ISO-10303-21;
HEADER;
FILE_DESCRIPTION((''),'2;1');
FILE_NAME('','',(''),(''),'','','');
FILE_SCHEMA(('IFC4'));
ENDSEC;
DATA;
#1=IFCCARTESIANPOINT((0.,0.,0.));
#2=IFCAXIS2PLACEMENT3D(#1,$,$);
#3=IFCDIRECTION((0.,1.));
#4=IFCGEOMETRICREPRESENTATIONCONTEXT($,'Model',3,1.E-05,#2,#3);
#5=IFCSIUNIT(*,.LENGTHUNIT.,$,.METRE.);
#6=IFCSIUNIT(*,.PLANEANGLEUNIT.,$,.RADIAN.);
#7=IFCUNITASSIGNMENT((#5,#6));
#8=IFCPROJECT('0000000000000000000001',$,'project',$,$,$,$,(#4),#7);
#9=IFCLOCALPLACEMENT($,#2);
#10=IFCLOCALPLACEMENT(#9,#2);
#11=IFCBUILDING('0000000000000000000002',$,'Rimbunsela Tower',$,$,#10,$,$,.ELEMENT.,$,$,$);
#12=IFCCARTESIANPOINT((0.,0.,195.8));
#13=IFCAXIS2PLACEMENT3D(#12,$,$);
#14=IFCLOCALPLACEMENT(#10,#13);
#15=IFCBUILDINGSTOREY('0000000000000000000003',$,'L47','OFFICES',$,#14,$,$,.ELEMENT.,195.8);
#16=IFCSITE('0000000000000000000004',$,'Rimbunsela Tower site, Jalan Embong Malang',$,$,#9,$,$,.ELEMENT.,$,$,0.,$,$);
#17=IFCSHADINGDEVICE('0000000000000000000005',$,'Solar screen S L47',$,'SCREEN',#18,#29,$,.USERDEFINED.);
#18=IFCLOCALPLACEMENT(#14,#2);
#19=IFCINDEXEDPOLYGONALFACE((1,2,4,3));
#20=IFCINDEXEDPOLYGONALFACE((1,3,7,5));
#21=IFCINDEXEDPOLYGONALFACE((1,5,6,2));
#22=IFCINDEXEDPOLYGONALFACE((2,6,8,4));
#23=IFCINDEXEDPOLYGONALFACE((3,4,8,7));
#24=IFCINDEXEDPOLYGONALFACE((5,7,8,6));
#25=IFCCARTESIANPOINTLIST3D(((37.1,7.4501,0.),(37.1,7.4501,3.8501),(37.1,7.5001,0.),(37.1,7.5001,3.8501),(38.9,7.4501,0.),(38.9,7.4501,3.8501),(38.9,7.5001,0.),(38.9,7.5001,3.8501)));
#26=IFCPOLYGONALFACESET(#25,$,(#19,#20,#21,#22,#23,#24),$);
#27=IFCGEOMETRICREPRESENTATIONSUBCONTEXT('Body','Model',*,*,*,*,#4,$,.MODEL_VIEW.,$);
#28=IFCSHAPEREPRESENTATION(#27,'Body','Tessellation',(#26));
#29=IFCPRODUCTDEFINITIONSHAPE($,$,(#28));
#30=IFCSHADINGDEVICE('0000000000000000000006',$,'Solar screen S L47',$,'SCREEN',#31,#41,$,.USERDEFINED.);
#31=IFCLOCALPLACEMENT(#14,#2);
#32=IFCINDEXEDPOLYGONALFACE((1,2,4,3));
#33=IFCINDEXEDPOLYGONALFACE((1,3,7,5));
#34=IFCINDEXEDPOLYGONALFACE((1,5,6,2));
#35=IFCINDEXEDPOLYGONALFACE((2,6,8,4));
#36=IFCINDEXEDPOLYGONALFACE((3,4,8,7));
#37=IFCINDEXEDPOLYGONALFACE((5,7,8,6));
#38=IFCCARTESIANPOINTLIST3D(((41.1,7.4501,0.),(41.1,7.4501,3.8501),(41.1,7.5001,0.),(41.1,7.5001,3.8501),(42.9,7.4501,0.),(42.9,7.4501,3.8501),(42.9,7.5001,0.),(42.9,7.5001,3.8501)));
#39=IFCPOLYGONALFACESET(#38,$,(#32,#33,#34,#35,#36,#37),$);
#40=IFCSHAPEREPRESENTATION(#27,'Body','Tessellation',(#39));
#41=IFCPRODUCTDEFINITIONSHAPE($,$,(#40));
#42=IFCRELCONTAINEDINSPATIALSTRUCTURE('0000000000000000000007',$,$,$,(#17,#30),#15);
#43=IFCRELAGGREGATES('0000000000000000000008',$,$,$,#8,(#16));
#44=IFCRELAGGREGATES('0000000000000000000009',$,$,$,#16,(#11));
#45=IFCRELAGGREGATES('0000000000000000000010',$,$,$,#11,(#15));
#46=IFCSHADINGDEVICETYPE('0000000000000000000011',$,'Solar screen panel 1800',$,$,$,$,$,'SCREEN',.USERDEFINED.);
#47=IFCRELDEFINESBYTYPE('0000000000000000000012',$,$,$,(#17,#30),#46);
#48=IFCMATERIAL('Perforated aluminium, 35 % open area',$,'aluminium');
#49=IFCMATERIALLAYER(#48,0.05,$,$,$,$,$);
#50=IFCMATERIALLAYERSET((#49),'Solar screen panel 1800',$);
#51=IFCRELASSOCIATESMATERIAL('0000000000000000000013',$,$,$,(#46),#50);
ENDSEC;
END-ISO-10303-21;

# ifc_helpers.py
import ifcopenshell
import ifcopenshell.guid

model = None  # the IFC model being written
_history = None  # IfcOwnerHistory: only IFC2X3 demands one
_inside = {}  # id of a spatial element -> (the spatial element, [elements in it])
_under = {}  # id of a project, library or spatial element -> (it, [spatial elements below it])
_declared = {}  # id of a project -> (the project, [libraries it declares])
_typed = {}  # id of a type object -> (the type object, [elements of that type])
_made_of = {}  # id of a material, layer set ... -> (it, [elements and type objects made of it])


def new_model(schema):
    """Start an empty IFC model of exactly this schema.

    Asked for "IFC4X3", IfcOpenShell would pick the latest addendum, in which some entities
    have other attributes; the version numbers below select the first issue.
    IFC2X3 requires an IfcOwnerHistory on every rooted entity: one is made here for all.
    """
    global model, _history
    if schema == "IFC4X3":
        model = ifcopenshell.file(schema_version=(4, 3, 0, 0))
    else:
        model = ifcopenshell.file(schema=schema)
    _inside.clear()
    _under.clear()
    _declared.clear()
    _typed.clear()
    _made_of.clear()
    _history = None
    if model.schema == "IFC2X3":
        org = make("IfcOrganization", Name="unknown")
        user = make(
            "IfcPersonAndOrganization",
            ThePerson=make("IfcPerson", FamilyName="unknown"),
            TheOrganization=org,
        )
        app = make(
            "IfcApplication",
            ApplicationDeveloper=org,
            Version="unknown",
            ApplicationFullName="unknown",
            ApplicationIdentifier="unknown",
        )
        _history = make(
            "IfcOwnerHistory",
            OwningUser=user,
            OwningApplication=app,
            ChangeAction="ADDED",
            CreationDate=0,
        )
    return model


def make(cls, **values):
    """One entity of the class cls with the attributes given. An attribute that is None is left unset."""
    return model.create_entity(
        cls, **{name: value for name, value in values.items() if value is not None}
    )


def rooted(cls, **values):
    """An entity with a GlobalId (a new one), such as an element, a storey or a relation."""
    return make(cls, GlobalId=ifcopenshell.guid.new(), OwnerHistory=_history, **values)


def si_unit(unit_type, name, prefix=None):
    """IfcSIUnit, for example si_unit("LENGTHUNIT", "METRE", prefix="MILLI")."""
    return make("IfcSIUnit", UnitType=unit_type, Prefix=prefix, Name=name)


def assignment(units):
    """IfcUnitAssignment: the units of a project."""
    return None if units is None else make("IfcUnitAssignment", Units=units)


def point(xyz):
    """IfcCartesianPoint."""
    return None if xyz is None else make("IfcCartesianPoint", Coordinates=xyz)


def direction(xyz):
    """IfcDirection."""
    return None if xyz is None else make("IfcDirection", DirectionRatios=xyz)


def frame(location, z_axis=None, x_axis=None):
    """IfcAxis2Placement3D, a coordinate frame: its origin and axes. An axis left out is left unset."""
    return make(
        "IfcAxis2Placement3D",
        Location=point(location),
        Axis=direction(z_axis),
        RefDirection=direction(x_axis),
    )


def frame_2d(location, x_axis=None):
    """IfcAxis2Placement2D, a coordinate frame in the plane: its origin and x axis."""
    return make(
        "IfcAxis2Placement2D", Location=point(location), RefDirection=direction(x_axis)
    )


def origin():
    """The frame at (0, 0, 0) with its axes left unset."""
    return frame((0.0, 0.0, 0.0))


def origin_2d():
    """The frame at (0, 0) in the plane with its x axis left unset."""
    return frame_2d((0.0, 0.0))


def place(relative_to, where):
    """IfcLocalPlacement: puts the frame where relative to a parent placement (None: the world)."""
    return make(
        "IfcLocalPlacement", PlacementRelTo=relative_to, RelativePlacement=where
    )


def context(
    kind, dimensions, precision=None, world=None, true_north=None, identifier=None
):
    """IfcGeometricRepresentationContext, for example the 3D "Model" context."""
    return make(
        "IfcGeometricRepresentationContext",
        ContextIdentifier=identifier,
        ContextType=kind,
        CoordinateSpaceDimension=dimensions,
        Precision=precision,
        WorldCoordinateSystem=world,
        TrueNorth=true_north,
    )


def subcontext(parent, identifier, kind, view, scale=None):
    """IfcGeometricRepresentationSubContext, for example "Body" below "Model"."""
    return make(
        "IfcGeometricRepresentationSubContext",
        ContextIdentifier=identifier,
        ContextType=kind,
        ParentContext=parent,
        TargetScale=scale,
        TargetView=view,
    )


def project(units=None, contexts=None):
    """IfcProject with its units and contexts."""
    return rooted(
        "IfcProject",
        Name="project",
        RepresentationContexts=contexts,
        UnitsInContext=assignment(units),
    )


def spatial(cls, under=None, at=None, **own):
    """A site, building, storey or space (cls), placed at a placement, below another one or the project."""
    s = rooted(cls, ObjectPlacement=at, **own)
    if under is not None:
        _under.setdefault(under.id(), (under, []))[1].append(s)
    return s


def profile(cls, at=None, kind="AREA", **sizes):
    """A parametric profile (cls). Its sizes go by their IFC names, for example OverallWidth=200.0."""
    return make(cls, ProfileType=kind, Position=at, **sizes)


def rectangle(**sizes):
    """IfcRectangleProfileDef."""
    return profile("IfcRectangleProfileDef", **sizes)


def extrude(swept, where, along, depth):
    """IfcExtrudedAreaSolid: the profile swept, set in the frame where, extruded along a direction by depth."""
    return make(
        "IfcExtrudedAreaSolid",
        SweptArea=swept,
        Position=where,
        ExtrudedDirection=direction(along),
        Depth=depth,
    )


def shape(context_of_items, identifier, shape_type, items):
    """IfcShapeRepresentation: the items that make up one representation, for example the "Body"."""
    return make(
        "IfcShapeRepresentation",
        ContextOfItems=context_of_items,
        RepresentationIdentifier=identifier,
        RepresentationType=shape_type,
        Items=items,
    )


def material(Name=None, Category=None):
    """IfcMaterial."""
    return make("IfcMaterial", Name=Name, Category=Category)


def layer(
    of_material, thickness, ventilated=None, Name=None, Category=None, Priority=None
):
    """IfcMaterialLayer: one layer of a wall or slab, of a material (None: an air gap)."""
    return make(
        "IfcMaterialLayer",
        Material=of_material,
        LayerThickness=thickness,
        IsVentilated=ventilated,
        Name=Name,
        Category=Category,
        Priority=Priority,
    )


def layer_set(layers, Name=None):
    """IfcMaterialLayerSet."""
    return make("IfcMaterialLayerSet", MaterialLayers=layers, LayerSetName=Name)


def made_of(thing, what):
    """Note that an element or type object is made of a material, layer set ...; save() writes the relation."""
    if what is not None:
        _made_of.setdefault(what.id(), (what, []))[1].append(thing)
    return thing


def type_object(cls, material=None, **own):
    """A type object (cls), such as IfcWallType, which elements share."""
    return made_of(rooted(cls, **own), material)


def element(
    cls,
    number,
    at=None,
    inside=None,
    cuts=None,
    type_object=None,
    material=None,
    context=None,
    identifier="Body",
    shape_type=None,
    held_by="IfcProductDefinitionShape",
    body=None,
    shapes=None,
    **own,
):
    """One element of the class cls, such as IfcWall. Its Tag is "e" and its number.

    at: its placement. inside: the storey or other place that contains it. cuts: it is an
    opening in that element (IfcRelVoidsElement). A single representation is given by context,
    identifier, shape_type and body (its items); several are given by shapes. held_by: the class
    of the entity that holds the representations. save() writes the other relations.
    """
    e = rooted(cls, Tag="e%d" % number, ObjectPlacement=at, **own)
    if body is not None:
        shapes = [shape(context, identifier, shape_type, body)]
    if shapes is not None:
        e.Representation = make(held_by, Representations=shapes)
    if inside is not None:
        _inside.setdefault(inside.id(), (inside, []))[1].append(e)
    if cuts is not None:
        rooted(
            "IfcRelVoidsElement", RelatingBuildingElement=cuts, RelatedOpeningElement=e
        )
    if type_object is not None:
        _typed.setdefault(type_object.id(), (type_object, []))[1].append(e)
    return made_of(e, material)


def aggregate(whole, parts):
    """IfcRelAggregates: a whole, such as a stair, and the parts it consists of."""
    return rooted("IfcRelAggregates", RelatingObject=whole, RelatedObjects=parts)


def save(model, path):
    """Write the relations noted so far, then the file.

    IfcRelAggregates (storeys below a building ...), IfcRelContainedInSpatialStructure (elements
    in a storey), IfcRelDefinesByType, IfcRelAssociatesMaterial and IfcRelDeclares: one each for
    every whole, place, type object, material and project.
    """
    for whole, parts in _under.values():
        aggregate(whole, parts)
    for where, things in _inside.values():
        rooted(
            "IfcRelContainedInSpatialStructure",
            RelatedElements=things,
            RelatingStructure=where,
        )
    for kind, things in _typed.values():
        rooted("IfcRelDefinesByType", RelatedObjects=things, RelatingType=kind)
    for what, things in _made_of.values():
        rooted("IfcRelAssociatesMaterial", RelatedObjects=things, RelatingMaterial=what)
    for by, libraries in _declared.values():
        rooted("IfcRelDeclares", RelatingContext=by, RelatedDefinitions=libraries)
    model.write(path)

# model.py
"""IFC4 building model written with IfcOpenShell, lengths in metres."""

from ifc_helpers import new_model, si_unit, direction, frame, origin, origin_2d, place, context, subcontext, project, spatial, rectangle, extrude, material, layer, layer_set, type_object, element, save


model = new_model("IFC4")

# Units and contexts
model_context = context("Model", 3, precision=1e-05, world=origin(), true_north=direction((0.0, 1.0)))
body_context = subcontext(model_context, "Body", "Model", "MODEL_VIEW")
ifc_project = project(units=[si_unit("LENGTHUNIT", "METRE"), si_unit("PLANEANGLEUNIT", "RADIAN")], contexts=[model_context])

# Site, building, storey
site_placement = place(None, origin())
site = spatial("IfcSite", under=ifc_project, at=site_placement, Name="Rimbunsela Tower site, Jalan Embong Malang", CompositionType="ELEMENT", RefElevation=0.0)
building_placement = place(site_placement, origin())
building = spatial("IfcBuilding", under=site, at=building_placement, Name="Rimbunsela Tower", CompositionType="ELEMENT")
storey_placement = place(building_placement, frame((0.0, 0.0, 195.8)))
storey = spatial("IfcBuildingStorey", under=building, at=storey_placement, Name="L47", Description="OFFICES", CompositionType="ELEMENT", Elevation=195.8)

# Shading devices
ifc_material_1 = material(Name="Perforated aluminium, 35 % open area", Category="aluminium")
ifc_layer_1 = layer(ifc_material_1, 0.05)
ifc_layer_set_1 = layer_set([ifc_layer_1], Name="Solar screen panel 1800")
shading_device_type = type_object("IfcShadingDeviceType", Name="Solar screen panel 1800", ElementType="SCREEN", PredefinedType="USERDEFINED", material=ifc_layer_set_1)
for number, where, z_axis, x_axis, name in (
    (1, (38.0, 7.4751, 0.0), (0.0, 0.0, 1.0), (1.0, 0.0, 0.0), "Solar screen S L47"),
    (2, (42.0, 7.4751, 0.0), (0.0, 0.0, 1.0), (1.0, 0.0, 0.0), "Solar screen S L47"),
):
    element("IfcShadingDevice", number, at=place(storey_placement, frame(where, z_axis=z_axis, x_axis=x_axis)), inside=storey, type_object=shading_device_type, Name=name, ObjectType="SCREEN", PredefinedType="USERDEFINED", context=body_context, shape_type="SweptSolid", body=[
        extrude(rectangle(XDim=1.8, YDim=0.05, at=origin_2d()), origin(), (0.0, 0.0, 1.0), 3.8501),
    ])

save(model, "model.ifc")
